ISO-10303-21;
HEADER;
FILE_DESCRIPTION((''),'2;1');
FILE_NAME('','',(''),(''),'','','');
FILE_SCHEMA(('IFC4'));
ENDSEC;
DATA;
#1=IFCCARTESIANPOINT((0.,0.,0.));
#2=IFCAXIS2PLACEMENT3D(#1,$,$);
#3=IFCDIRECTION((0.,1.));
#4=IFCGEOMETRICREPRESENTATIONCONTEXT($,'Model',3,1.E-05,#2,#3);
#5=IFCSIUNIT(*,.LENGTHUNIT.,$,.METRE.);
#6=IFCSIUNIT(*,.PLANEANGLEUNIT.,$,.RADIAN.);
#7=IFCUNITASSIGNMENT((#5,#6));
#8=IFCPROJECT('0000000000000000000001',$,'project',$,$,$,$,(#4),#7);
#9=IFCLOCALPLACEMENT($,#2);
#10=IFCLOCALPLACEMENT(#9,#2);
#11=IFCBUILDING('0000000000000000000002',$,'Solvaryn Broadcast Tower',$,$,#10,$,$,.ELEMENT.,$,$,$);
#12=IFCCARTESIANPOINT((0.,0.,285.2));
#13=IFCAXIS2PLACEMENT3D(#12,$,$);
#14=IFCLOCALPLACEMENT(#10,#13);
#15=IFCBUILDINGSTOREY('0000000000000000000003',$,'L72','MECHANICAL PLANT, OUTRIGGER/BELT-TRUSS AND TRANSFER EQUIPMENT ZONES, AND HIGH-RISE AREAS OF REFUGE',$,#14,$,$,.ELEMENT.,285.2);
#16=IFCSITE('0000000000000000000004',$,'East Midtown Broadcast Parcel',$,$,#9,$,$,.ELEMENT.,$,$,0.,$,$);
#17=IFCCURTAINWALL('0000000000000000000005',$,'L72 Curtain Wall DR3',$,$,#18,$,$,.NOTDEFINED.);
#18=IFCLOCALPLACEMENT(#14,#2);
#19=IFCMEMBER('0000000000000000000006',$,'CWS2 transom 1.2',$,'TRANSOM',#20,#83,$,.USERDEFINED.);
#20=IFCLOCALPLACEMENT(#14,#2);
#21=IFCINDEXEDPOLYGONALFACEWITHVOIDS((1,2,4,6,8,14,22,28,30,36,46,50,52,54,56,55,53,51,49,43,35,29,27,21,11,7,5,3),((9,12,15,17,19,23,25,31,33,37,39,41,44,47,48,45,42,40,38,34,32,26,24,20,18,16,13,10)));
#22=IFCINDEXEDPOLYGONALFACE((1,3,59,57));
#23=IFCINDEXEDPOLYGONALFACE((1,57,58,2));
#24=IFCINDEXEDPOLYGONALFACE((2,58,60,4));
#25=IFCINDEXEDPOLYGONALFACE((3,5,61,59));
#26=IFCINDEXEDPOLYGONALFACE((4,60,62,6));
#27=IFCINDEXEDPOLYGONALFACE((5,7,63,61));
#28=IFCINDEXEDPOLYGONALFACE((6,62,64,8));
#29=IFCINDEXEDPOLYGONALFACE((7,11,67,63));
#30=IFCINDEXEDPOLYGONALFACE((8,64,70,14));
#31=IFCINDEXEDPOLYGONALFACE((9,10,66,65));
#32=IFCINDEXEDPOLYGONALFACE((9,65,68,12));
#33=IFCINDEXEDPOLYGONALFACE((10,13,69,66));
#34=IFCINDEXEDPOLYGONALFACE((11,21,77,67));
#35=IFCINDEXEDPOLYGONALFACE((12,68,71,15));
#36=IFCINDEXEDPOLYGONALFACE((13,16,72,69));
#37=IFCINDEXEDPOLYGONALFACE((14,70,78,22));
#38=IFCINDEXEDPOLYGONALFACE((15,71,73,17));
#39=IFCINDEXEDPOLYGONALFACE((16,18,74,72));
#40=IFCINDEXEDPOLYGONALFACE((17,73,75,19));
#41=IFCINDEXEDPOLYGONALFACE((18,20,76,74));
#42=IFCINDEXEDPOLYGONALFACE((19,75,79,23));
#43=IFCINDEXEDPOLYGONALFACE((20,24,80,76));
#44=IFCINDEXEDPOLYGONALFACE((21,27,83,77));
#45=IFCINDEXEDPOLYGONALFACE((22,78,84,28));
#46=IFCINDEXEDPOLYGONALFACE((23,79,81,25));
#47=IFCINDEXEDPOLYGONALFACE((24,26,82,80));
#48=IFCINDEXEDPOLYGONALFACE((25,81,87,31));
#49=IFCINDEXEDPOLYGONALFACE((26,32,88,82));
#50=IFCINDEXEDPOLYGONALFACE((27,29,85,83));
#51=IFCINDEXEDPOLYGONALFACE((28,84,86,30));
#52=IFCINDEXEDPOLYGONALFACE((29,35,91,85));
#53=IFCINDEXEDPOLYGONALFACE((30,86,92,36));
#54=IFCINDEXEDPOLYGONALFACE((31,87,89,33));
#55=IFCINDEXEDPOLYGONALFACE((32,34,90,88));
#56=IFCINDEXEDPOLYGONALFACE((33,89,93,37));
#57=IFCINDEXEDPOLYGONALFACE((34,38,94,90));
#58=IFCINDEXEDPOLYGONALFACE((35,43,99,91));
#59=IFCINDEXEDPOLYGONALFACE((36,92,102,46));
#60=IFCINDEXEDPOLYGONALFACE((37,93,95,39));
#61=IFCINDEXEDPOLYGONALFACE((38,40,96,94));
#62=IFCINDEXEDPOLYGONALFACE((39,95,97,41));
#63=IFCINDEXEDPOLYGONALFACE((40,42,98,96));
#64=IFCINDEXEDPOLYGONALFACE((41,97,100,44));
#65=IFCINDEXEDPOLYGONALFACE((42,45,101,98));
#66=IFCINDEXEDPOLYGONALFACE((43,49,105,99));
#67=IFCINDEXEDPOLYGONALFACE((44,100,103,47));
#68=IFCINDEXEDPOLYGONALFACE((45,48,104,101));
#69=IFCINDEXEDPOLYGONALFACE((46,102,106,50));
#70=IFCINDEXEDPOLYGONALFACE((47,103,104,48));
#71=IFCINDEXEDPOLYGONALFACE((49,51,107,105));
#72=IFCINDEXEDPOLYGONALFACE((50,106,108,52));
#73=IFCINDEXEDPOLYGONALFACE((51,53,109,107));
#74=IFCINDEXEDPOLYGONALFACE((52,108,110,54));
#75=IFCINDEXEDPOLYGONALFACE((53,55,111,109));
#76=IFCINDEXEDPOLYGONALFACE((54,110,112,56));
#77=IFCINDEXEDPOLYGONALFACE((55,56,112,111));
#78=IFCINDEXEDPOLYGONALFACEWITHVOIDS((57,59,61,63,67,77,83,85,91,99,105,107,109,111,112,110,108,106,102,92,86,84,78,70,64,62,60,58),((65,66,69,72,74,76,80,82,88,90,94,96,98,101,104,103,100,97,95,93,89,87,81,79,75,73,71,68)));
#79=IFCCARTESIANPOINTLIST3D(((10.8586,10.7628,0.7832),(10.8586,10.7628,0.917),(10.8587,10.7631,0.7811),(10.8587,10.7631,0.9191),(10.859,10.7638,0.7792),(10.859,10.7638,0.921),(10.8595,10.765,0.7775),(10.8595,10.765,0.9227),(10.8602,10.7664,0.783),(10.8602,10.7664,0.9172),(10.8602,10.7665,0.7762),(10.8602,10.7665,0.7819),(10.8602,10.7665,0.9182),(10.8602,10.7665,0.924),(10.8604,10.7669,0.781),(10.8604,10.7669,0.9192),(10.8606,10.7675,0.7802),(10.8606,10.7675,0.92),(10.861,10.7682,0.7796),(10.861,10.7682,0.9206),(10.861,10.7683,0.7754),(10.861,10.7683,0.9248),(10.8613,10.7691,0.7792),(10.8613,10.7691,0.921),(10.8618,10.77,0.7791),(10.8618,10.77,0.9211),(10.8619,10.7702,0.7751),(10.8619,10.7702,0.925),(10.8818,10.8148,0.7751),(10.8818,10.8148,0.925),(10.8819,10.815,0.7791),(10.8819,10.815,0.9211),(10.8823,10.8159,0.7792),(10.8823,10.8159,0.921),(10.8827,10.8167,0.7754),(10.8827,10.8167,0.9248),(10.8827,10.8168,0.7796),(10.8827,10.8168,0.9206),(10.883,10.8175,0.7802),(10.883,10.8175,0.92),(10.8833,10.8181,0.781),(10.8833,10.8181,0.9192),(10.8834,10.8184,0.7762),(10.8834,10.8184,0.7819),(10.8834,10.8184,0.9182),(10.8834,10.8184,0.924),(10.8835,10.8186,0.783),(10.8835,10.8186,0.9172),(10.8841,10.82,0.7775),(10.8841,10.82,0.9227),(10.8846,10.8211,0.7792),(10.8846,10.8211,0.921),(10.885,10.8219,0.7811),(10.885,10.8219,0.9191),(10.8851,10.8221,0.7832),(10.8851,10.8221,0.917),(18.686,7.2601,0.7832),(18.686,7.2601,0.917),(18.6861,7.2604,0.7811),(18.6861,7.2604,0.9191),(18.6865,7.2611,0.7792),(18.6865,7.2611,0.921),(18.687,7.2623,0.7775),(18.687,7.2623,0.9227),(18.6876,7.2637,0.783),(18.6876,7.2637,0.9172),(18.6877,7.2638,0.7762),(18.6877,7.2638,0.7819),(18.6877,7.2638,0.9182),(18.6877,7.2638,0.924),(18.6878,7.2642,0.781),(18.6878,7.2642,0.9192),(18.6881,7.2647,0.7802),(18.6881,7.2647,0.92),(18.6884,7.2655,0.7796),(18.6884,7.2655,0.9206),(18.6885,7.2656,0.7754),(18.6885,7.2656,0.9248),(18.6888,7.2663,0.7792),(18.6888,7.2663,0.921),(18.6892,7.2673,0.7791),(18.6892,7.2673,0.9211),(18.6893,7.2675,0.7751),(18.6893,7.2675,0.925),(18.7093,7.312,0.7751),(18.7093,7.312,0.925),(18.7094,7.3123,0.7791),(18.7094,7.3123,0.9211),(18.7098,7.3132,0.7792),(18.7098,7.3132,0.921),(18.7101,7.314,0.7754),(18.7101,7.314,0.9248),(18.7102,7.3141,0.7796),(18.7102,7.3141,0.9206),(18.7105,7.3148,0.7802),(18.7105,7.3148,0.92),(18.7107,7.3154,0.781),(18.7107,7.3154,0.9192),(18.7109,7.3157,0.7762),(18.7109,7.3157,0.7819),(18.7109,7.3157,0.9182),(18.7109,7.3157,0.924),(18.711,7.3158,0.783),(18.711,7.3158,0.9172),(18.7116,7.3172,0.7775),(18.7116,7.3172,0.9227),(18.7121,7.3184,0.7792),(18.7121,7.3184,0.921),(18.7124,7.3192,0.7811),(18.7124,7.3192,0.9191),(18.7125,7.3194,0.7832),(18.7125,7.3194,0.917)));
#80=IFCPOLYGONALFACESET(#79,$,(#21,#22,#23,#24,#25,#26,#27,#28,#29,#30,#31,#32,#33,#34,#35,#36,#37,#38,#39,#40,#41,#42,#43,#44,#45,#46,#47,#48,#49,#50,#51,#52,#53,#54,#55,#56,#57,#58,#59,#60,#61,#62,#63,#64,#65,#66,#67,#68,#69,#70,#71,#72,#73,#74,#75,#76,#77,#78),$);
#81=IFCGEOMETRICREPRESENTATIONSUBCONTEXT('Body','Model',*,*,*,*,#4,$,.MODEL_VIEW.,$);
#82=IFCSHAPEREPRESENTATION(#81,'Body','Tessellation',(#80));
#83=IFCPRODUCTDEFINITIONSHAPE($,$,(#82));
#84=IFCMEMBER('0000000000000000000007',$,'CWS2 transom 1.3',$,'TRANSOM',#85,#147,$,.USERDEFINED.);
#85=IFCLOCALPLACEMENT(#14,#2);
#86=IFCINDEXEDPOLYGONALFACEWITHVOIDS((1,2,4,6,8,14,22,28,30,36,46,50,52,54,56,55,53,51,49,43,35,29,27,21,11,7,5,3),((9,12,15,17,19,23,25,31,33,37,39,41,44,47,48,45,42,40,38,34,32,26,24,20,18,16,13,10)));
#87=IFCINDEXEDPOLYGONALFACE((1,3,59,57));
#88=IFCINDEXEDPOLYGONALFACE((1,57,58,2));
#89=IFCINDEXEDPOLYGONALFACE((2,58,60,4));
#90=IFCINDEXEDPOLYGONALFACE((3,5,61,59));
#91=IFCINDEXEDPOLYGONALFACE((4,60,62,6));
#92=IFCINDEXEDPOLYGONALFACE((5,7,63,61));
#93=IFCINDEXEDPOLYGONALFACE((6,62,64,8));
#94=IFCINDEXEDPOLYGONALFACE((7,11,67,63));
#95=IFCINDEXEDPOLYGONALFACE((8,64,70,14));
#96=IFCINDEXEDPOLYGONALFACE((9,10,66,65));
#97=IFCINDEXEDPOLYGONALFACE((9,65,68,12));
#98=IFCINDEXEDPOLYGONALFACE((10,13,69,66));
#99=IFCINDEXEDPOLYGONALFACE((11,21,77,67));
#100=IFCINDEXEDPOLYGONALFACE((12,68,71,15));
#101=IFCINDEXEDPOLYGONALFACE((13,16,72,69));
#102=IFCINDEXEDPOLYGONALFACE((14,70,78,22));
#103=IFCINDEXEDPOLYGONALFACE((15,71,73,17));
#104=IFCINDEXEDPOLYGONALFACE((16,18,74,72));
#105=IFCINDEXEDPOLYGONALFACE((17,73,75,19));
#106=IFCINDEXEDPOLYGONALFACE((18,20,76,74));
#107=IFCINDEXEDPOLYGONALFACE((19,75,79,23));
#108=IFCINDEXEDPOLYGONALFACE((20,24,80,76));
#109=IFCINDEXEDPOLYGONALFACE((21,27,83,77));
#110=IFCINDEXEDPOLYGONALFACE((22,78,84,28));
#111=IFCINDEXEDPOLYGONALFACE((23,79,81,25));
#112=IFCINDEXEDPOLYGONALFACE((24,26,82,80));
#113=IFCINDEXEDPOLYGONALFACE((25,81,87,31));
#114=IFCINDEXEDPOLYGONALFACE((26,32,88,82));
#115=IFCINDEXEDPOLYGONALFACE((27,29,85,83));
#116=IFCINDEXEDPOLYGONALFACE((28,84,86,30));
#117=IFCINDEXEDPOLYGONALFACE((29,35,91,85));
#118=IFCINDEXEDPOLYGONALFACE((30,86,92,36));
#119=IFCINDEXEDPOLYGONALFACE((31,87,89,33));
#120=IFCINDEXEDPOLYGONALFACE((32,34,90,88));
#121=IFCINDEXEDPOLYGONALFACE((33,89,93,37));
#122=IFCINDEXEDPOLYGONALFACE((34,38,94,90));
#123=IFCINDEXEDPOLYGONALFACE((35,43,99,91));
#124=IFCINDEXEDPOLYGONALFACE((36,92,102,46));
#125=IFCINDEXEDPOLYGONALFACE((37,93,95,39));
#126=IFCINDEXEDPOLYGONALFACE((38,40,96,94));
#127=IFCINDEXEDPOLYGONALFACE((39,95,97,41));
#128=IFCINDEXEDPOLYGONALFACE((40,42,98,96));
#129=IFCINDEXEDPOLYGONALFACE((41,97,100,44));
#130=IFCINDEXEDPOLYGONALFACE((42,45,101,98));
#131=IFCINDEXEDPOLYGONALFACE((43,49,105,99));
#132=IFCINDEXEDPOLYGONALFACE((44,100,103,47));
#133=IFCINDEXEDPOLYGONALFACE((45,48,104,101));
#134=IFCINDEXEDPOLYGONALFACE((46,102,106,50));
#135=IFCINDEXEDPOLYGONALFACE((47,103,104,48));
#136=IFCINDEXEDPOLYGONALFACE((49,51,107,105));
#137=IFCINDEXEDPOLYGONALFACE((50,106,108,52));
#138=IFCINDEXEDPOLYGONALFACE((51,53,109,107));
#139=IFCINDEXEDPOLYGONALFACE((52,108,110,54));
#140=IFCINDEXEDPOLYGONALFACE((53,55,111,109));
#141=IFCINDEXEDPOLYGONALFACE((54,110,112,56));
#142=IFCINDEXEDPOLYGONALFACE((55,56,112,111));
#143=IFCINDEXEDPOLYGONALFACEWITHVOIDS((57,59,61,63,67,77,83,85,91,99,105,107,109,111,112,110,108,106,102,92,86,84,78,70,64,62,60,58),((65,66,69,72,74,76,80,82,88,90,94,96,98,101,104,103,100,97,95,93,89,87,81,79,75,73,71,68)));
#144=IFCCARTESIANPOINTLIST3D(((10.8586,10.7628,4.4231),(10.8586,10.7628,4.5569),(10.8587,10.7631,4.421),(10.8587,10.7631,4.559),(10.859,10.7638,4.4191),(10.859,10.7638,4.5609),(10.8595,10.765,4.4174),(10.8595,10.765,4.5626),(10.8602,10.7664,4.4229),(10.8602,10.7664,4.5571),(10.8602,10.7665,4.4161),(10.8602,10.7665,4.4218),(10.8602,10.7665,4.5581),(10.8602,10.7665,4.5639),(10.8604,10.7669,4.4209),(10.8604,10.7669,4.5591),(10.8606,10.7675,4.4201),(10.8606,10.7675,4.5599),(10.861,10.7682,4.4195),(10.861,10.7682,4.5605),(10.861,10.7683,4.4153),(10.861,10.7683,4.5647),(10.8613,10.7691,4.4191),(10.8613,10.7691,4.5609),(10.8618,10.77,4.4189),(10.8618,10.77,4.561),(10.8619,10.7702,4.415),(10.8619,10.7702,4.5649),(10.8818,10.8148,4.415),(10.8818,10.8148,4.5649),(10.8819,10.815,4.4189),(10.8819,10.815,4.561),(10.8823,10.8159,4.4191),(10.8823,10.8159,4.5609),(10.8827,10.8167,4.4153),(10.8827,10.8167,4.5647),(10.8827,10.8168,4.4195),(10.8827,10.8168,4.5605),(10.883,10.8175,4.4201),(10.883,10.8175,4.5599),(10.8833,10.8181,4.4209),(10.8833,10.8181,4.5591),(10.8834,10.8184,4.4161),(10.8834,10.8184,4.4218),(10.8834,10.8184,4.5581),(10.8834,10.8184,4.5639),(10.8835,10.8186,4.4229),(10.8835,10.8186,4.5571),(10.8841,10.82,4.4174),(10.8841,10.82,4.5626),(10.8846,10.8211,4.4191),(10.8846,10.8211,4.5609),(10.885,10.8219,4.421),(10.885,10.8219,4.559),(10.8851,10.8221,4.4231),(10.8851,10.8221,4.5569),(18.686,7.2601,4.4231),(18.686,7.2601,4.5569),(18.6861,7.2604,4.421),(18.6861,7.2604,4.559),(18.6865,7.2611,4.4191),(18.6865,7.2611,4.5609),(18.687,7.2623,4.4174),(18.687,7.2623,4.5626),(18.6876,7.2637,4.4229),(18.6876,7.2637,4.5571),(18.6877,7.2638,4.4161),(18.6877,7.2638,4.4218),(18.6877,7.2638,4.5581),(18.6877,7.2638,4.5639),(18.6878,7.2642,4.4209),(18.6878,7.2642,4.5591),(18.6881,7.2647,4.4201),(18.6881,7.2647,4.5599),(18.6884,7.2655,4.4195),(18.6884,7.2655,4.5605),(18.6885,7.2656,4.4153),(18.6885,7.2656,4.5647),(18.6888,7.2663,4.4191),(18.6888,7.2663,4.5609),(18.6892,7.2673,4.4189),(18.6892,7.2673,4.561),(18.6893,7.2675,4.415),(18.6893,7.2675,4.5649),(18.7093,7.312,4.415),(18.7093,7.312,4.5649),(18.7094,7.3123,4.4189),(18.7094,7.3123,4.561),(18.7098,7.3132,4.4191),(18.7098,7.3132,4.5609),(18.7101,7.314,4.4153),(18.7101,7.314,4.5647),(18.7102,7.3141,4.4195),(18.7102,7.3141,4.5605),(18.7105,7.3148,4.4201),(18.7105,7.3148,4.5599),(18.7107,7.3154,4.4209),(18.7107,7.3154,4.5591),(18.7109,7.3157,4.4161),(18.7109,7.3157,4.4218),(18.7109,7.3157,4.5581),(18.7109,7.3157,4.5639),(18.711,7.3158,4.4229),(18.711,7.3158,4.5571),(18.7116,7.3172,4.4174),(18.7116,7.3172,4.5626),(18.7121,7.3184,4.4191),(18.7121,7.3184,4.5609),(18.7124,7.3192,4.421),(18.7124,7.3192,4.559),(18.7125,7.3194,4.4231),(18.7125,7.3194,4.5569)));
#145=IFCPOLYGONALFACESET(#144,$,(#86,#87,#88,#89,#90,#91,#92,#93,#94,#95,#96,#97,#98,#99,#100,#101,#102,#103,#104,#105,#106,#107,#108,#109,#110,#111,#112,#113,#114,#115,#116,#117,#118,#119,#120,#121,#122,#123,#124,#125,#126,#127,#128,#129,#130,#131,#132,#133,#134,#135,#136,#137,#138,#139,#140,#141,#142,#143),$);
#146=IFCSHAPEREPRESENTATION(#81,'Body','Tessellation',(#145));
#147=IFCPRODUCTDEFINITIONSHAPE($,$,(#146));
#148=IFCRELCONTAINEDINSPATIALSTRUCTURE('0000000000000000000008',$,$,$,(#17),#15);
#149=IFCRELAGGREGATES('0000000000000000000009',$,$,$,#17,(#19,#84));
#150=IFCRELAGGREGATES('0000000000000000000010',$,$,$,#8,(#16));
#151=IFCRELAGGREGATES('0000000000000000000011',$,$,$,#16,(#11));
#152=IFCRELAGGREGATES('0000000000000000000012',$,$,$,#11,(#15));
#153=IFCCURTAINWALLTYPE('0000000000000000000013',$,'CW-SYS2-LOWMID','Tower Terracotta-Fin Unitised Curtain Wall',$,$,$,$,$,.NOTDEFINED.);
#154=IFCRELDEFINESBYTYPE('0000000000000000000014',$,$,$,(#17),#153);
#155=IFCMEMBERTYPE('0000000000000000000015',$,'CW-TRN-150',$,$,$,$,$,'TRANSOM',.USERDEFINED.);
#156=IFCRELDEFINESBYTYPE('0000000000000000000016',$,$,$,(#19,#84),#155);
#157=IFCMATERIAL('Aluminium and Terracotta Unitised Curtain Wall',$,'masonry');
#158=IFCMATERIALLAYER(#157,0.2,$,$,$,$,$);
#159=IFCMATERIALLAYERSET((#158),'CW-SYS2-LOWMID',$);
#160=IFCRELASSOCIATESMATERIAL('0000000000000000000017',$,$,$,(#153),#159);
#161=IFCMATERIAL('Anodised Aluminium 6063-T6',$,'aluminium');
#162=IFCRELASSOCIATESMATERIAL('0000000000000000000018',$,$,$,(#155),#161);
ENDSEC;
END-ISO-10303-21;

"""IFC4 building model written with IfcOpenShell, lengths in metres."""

from ifc_helpers import new_model, si_unit, direction, frame, origin, origin_2d, place, context, subcontext, project, spatial, hollow_rectangle, extrude, material, layer, layer_set, material_profile, profile_set, type_object, element, aggregate, save


model = new_model("IFC4")

# Units and contexts
model_context = context("Model", 3, precision=1e-05, world=origin(), true_north=direction((0.0, 1.0)))
body_context = subcontext(model_context, "Body", "Model", "MODEL_VIEW")
ifc_project = project(units=[si_unit("LENGTHUNIT", "METRE"), si_unit("PLANEANGLEUNIT", "RADIAN")], contexts=[model_context])

# Site, building, storey
site_placement = place(None, origin())
site = spatial("IfcSite", under=ifc_project, at=site_placement, Name="East Midtown Broadcast Parcel", CompositionType="ELEMENT", RefElevation=0.0)
building_placement = place(site_placement, origin())
building = spatial("IfcBuilding", under=site, at=building_placement, Name="Solvaryn Broadcast Tower", CompositionType="ELEMENT")
storey_placement = place(building_placement, frame((0.0, 0.0, 285.2)))
storey = spatial("IfcBuildingStorey", under=building, at=storey_placement, Name="L72", Description="MECHANICAL PLANT, OUTRIGGER/BELT-TRUSS AND TRANSFER EQUIPMENT ZONES, AND HIGH-RISE AREAS OF REFUGE", CompositionType="ELEMENT", Elevation=285.2)

# Curtain wall, members
ifc_material_1 = material(Name="Aluminium and Terracotta Unitised Curtain Wall", Category="masonry")
ifc_layer_1 = layer(ifc_material_1, 0.2)
ifc_layer_set_1 = layer_set([ifc_layer_1], Name="CW-SYS2-LOWMID")
curtain_wall_type = type_object("IfcCurtainWallType", Name="CW-SYS2-LOWMID", Description="Tower Terracotta-Fin Unitised Curtain Wall", PredefinedType="NOTDEFINED", material=ifc_layer_set_1)
curtain_wall_placement = place(storey_placement, origin())
curtain_wall = element("IfcCurtainWall", 1, at=curtain_wall_placement, inside=storey, type_object=curtain_wall_type, Name="L72 Curtain Wall DR3", PredefinedType="NOTDEFINED")
ifc_material_2 = material(Name="Anodised Aluminium 6063-T6", Category="aluminium")
ifc_material_profile_1 = material_profile(ifc_material_2, hollow_rectangle(XDim=0.0649, YDim=0.1499, WallThickness=0.0039, InnerFilletRadius=0.0039, OuterFilletRadius=0.0081, at=origin_2d()))
ifc_profile_set_1 = profile_set([ifc_material_profile_1], Name="Anodised Aluminium 6063-T6")
member_type_1 = type_object("IfcMemberType", Name="CW-TRN-150", ElementType="TRANSOM", PredefinedType="USERDEFINED", material=ifc_profile_set_1)
member_1_placement = place(storey_placement, frame((10.8718, 10.7925, 0.8501), z_axis=(0.912777, -0.408459, 0.0), x_axis=(0.408459, 0.912777, 0.0)))
member_1 = element("IfcMember", 2, at=member_1_placement, type_object=member_type_1, Name="CWS2 transom 1.2", ObjectType="TRANSOM", PredefinedType="USERDEFINED", context=body_context, shape_type="SweptSolid", body=[
    extrude(hollow_rectangle(XDim=0.0649, YDim=0.1499, WallThickness=0.0039, InnerFilletRadius=0.0039, OuterFilletRadius=0.0081, at=origin_2d()), origin(), (0.0, 0.0, 1.0), 8.5754),
])
member_2_placement = place(storey_placement, frame((10.8718, 10.7925, 4.49), z_axis=(0.912777, -0.408459, 0.0), x_axis=(0.408459, 0.912777, 0.0)))
member_2 = element("IfcMember", 3, at=member_2_placement, type_object=member_type_1, Name="CWS2 transom 1.3", ObjectType="TRANSOM", PredefinedType="USERDEFINED", context=body_context, shape_type="SweptSolid", body=[
    extrude(hollow_rectangle(XDim=0.0649, YDim=0.1499, WallThickness=0.0039, InnerFilletRadius=0.0039, OuterFilletRadius=0.0081, at=origin_2d()), origin(), (0.0, 0.0, 1.0), 8.5754),
])

aggregate(curtain_wall, [member_1, member_2])

save(model, "model.ifc")
